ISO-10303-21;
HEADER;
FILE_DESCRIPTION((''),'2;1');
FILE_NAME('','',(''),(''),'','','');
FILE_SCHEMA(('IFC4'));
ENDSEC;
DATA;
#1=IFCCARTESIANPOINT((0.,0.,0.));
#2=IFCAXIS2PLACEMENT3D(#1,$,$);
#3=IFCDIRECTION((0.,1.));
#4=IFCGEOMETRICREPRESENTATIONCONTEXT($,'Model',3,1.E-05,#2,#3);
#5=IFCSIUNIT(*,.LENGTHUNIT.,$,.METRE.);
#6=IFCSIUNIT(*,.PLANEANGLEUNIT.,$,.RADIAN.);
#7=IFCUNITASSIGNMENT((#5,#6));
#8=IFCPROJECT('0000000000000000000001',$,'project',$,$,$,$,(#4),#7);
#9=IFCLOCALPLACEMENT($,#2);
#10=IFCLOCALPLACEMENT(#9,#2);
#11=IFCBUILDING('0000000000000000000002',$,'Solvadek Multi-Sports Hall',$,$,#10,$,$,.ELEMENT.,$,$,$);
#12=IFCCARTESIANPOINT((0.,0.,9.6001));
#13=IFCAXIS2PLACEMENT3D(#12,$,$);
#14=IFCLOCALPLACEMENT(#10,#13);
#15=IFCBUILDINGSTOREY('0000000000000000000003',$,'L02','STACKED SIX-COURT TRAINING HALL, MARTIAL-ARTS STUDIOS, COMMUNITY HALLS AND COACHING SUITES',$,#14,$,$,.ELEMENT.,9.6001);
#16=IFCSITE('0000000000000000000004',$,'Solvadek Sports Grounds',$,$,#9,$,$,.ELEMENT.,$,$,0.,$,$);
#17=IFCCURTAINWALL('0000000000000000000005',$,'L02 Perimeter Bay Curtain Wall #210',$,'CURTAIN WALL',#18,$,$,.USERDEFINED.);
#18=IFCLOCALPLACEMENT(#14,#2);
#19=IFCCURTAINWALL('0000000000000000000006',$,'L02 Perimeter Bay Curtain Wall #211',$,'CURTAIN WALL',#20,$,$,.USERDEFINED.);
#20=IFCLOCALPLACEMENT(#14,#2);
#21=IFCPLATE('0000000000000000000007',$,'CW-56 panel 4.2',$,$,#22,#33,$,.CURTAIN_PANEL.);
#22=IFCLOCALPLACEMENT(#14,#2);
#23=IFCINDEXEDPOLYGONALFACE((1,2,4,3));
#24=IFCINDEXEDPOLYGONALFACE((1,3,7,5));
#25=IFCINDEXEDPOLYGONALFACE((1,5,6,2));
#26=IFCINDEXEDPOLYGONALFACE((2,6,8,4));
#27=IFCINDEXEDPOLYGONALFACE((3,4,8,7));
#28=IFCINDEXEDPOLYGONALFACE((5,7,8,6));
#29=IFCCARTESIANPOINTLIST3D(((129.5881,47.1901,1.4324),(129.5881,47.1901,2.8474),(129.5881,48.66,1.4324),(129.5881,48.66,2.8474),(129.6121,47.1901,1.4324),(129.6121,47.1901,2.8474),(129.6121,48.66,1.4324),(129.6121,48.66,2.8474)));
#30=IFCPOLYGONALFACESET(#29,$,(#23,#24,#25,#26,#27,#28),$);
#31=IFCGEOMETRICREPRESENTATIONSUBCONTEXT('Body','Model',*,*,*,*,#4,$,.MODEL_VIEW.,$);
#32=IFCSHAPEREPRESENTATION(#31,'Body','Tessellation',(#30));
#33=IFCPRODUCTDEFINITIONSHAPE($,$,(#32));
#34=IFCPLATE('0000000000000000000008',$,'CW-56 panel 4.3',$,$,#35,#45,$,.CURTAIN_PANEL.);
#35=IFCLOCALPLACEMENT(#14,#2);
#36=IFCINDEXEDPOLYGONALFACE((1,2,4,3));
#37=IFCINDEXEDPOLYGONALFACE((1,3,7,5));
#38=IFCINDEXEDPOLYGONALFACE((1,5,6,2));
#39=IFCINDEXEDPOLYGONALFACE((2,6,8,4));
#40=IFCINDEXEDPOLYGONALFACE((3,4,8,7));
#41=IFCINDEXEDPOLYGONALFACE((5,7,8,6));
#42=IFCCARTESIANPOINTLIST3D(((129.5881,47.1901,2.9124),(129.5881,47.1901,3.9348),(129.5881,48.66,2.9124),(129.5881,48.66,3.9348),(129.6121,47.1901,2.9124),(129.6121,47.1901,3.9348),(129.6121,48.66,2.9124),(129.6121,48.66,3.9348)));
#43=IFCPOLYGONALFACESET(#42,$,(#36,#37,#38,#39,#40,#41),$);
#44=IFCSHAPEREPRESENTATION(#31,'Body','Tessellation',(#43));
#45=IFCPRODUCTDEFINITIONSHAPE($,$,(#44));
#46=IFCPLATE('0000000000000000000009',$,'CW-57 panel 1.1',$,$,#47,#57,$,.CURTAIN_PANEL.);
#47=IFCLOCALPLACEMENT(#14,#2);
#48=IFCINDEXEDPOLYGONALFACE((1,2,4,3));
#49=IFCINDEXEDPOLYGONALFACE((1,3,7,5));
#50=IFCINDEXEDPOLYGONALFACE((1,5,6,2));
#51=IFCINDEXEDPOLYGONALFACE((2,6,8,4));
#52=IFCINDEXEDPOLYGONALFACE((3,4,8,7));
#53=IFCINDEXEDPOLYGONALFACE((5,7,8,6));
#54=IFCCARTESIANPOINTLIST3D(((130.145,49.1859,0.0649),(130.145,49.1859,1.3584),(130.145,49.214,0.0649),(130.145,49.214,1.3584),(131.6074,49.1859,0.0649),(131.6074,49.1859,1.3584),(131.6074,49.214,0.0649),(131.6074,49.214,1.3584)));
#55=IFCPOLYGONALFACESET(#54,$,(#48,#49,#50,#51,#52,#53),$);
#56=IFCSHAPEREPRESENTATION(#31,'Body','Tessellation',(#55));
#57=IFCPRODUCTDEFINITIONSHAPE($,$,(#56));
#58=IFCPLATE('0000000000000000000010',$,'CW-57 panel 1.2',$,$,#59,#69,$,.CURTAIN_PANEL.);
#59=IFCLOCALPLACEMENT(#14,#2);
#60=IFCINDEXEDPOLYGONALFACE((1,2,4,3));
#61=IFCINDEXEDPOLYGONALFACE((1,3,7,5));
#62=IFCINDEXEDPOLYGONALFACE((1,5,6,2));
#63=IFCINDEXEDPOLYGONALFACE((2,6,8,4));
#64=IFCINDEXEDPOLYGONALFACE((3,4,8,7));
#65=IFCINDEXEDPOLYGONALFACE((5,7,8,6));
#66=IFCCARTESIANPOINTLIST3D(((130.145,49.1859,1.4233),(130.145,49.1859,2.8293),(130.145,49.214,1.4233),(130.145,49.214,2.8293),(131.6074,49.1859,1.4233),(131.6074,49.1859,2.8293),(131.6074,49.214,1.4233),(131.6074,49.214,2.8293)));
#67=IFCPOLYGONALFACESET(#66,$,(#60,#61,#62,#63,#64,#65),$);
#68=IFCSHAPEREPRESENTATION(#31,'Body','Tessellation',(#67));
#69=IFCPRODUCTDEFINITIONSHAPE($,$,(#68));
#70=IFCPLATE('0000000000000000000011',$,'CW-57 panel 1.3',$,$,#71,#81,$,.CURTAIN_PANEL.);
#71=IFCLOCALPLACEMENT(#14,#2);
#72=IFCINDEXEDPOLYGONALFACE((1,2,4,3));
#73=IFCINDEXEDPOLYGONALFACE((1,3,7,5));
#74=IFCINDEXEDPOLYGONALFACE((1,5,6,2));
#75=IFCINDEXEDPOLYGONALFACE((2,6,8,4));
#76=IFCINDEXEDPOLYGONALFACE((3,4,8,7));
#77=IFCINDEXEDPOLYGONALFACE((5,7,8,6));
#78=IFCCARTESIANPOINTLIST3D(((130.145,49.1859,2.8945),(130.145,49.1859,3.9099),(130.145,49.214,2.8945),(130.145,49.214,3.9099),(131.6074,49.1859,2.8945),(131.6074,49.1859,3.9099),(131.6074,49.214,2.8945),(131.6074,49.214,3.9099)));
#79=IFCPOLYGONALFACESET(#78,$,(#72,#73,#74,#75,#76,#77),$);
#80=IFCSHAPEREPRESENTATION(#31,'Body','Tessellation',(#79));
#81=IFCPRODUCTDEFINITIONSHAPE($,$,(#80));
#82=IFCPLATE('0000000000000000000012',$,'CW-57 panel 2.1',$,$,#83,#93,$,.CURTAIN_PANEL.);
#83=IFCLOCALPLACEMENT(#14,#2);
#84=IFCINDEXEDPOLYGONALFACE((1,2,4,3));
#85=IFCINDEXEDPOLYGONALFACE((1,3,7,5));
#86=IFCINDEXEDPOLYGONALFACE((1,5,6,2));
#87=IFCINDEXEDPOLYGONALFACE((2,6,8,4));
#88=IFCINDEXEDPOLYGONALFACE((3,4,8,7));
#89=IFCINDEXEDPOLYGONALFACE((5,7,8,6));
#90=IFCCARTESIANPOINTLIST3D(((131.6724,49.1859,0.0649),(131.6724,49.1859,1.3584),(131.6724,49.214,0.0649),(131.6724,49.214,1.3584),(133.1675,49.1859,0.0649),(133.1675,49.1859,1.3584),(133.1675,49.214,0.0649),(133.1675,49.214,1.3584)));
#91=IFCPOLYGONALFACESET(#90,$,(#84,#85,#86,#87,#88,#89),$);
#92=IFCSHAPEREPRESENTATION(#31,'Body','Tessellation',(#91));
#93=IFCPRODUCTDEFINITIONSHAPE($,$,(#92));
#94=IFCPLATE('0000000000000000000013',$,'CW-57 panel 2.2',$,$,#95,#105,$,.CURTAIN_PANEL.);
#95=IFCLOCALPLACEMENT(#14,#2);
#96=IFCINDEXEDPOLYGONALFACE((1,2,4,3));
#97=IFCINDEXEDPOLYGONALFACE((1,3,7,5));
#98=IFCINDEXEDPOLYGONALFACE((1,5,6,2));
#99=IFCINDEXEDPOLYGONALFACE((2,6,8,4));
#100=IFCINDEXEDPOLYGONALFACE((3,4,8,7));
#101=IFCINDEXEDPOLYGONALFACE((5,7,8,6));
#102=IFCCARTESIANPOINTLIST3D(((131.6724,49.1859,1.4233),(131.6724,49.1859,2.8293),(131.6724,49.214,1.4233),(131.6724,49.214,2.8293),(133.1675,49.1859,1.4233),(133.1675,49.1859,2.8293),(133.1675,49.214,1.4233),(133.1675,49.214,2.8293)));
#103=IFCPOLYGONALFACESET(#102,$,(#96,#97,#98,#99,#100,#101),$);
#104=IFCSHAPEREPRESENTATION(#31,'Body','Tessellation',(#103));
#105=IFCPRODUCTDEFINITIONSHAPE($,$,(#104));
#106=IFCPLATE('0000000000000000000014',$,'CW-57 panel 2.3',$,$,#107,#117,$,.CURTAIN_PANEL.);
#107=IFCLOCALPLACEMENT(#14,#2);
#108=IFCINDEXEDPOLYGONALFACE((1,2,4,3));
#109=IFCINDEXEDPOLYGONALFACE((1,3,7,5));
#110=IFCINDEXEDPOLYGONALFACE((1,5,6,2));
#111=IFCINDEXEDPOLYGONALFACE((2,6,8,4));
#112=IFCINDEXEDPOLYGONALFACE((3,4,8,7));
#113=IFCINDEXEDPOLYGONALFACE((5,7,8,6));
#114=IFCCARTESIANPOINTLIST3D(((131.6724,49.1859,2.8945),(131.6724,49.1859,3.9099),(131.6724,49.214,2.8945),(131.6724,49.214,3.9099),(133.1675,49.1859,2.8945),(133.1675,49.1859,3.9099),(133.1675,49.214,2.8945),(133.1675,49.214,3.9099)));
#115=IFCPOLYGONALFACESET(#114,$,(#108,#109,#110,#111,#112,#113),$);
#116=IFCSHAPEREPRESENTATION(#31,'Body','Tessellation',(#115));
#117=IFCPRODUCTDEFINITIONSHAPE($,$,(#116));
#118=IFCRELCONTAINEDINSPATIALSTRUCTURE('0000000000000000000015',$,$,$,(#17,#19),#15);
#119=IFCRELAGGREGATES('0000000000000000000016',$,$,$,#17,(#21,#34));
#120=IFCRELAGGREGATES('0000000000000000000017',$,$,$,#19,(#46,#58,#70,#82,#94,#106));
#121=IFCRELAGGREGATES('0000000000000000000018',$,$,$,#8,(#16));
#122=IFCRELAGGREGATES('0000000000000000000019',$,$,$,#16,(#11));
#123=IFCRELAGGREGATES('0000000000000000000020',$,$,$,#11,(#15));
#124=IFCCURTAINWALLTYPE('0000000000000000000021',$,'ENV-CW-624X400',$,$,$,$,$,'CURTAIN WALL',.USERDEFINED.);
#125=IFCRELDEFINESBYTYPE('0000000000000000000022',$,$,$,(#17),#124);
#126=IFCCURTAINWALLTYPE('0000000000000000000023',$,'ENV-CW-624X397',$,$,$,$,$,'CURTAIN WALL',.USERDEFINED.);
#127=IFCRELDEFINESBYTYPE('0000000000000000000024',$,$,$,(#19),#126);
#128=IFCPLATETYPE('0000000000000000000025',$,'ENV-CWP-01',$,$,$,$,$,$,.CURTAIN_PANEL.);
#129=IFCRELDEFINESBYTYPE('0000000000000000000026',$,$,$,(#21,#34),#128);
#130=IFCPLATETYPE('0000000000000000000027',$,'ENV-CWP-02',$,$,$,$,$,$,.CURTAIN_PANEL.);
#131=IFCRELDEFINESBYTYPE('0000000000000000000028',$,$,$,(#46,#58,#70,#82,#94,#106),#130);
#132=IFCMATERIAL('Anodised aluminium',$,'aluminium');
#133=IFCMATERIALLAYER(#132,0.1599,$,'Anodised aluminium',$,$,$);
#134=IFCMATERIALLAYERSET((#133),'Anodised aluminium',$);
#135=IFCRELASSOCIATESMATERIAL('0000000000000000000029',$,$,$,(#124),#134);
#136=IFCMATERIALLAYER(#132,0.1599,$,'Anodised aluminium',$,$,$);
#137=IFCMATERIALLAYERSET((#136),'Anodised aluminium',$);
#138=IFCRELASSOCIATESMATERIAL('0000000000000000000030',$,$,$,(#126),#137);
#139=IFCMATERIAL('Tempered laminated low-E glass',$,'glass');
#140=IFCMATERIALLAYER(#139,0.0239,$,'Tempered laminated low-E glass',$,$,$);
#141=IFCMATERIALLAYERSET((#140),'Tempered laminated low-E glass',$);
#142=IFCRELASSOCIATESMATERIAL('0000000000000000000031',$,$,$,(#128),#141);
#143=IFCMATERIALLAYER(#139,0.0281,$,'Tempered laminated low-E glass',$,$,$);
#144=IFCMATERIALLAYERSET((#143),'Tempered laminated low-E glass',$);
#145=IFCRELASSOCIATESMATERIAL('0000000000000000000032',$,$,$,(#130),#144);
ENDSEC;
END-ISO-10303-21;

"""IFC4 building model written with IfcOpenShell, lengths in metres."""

from ifc_helpers import new_model, si_unit, direction, frame, origin, origin_2d, place, context, subcontext, project, spatial, rectangle, extrude, material, layer, layer_set, type_object, element, aggregate, save


model = new_model("IFC4")

# Units and contexts
model_context = context("Model", 3, precision=1e-05, world=origin(), true_north=direction((0.0, 1.0)))
body_context = subcontext(model_context, "Body", "Model", "MODEL_VIEW")
ifc_project = project(units=[si_unit("LENGTHUNIT", "METRE"), si_unit("PLANEANGLEUNIT", "RADIAN")], contexts=[model_context])

# Site, building, storey
site_placement = place(None, origin())
site = spatial("IfcSite", under=ifc_project, at=site_placement, Name="Solvadek Sports Grounds", CompositionType="ELEMENT", RefElevation=0.0)
building_placement = place(site_placement, origin())
building = spatial("IfcBuilding", under=site, at=building_placement, Name="Solvadek Multi-Sports Hall", CompositionType="ELEMENT")
storey_placement = place(building_placement, frame((0.0, 0.0, 9.6001)))
storey = spatial("IfcBuildingStorey", under=building, at=storey_placement, Name="L02", Description="STACKED SIX-COURT TRAINING HALL, MARTIAL-ARTS STUDIOS, COMMUNITY HALLS AND COACHING SUITES", CompositionType="ELEMENT", Elevation=9.6001)

# Curtain wall
ifc_material_1 = material(Name="Anodised aluminium", Category="aluminium")
ifc_layer_1 = layer(ifc_material_1, 0.1599, Name="Anodised aluminium")
ifc_layer_set_1 = layer_set([ifc_layer_1], Name="Anodised aluminium")
curtain_wall_type_1 = type_object("IfcCurtainWallType", Name="ENV-CW-624X400", ElementType="CURTAIN WALL", PredefinedType="USERDEFINED", material=ifc_layer_set_1)
curtain_wall_1_placement = place(storey_placement, origin())
curtain_wall_1 = element("IfcCurtainWall", 1, at=curtain_wall_1_placement, inside=storey, type_object=curtain_wall_type_1, Name="L02 Perimeter Bay Curtain Wall #210", ObjectType="CURTAIN WALL", PredefinedType="USERDEFINED")

# Curtain wall
ifc_layer_2 = layer(ifc_material_1, 0.1599, Name="Anodised aluminium")
ifc_layer_set_2 = layer_set([ifc_layer_2], Name="Anodised aluminium")
curtain_wall_type_2 = type_object("IfcCurtainWallType", Name="ENV-CW-624X397", ElementType="CURTAIN WALL", PredefinedType="USERDEFINED", material=ifc_layer_set_2)
curtain_wall_2_placement = place(storey_placement, origin())
curtain_wall_2 = element("IfcCurtainWall", 2, at=curtain_wall_2_placement, inside=storey, type_object=curtain_wall_type_2, Name="L02 Perimeter Bay Curtain Wall #211", ObjectType="CURTAIN WALL", PredefinedType="USERDEFINED")

# Plates
ifc_material_2 = material(Name="Tempered laminated low-E glass", Category="glass")
ifc_layer_3 = layer(ifc_material_2, 0.0239, Name="Tempered laminated low-E glass")
ifc_layer_set_3 = layer_set([ifc_layer_3], Name="Tempered laminated low-E glass")
plate_type_1 = type_object("IfcPlateType", Name="ENV-CWP-01", PredefinedType="CURTAIN_PANEL", material=ifc_layer_set_3)
plate_1_placement = place(storey_placement, frame((129.6001, 47.925, 1.4324), z_axis=(0.0, 0.0, 1.0), x_axis=(0.0, 1.0, 0.0)))
plate_1 = element("IfcPlate", 3, at=plate_1_placement, type_object=plate_type_1, Name="CW-56 panel 4.2", PredefinedType="CURTAIN_PANEL", context=body_context, shape_type="SweptSolid", body=[
    extrude(rectangle(XDim=1.47, YDim=0.0239, at=origin_2d()), origin(), (0.0, 0.0, 1.0), 1.415),
])
plate_2_placement = place(storey_placement, frame((129.6001, 47.925, 2.9124), z_axis=(0.0, 0.0, 1.0), x_axis=(0.0, 1.0, 0.0)))
plate_2 = element("IfcPlate", 4, at=plate_2_placement, type_object=plate_type_1, Name="CW-56 panel 4.3", PredefinedType="CURTAIN_PANEL", context=body_context, shape_type="SweptSolid", body=[
    extrude(rectangle(XDim=1.47, YDim=0.0239, at=origin_2d()), origin(), (0.0, 0.0, 1.0), 1.0225),
])
aggregate(curtain_wall_1, [plate_1, plate_2])
ifc_layer_4 = layer(ifc_material_2, 0.0281, Name="Tempered laminated low-E glass")
ifc_layer_set_4 = layer_set([ifc_layer_4], Name="Tempered laminated low-E glass")
plate_type_2 = type_object("IfcPlateType", Name="ENV-CWP-02", PredefinedType="CURTAIN_PANEL", material=ifc_layer_set_4)
plate_3_placement = place(storey_placement, frame((130.8762, 49.2, 0.0649), z_axis=(0.0, 0.0, 1.0), x_axis=(1.0, 0.0, 0.0)))
plate_3 = element("IfcPlate", 5, at=plate_3_placement, type_object=plate_type_2, Name="CW-57 panel 1.1", PredefinedType="CURTAIN_PANEL", context=body_context, shape_type="SweptSolid", body=[
    extrude(rectangle(XDim=1.4624, YDim=0.0281, at=origin_2d()), origin(), (0.0, 0.0, 1.0), 1.2935),
])
plate_4_placement = place(storey_placement, frame((130.8762, 49.2, 1.4233), z_axis=(0.0, 0.0, 1.0), x_axis=(1.0, 0.0, 0.0)))
plate_4 = element("IfcPlate", 6, at=plate_4_placement, type_object=plate_type_2, Name="CW-57 panel 1.2", PredefinedType="CURTAIN_PANEL", context=body_context, shape_type="SweptSolid", body=[
    extrude(rectangle(XDim=1.4624, YDim=0.0281, at=origin_2d()), origin(), (0.0, 0.0, 1.0), 1.406),
])
plate_5_placement = place(storey_placement, frame((130.8762, 49.2, 2.8945), z_axis=(0.0, 0.0, 1.0), x_axis=(1.0, 0.0, 0.0)))
plate_5 = element("IfcPlate", 7, at=plate_5_placement, type_object=plate_type_2, Name="CW-57 panel 1.3", PredefinedType="CURTAIN_PANEL", context=body_context, shape_type="SweptSolid", body=[
    extrude(rectangle(XDim=1.4624, YDim=0.0281, at=origin_2d()), origin(), (0.0, 0.0, 1.0), 1.0154),
])
plate_6_placement = place(storey_placement, frame((132.4199, 49.2, 0.0649), z_axis=(0.0, 0.0, 1.0), x_axis=(1.0, 0.0, 0.0)))
plate_6 = element("IfcPlate", 8, at=plate_6_placement, type_object=plate_type_2, Name="CW-57 panel 2.1", PredefinedType="CURTAIN_PANEL", context=body_context, shape_type="SweptSolid", body=[
    extrude(rectangle(XDim=1.4951, YDim=0.0281, at=origin_2d()), origin(), (0.0, 0.0, 1.0), 1.2935),
])
plate_7_placement = place(storey_placement, frame((132.4199, 49.2, 1.4233), z_axis=(0.0, 0.0, 1.0), x_axis=(1.0, 0.0, 0.0)))
plate_7 = element("IfcPlate", 9, at=plate_7_placement, type_object=plate_type_2, Name="CW-57 panel 2.2", PredefinedType="CURTAIN_PANEL", context=body_context, shape_type="SweptSolid", body=[
    extrude(rectangle(XDim=1.4951, YDim=0.0281, at=origin_2d()), origin(), (0.0, 0.0, 1.0), 1.406),
])
plate_8_placement = place(storey_placement, frame((132.4199, 49.2, 2.8945), z_axis=(0.0, 0.0, 1.0), x_axis=(1.0, 0.0, 0.0)))
plate_8 = element("IfcPlate", 10, at=plate_8_placement, type_object=plate_type_2, Name="CW-57 panel 2.3", PredefinedType="CURTAIN_PANEL", context=body_context, shape_type="SweptSolid", body=[
    extrude(rectangle(XDim=1.4951, YDim=0.0281, at=origin_2d()), origin(), (0.0, 0.0, 1.0), 1.0154),
])
aggregate(curtain_wall_2, [plate_3, plate_4, plate_5, plate_6, plate_7, plate_8])

save(model, "model.ifc")
